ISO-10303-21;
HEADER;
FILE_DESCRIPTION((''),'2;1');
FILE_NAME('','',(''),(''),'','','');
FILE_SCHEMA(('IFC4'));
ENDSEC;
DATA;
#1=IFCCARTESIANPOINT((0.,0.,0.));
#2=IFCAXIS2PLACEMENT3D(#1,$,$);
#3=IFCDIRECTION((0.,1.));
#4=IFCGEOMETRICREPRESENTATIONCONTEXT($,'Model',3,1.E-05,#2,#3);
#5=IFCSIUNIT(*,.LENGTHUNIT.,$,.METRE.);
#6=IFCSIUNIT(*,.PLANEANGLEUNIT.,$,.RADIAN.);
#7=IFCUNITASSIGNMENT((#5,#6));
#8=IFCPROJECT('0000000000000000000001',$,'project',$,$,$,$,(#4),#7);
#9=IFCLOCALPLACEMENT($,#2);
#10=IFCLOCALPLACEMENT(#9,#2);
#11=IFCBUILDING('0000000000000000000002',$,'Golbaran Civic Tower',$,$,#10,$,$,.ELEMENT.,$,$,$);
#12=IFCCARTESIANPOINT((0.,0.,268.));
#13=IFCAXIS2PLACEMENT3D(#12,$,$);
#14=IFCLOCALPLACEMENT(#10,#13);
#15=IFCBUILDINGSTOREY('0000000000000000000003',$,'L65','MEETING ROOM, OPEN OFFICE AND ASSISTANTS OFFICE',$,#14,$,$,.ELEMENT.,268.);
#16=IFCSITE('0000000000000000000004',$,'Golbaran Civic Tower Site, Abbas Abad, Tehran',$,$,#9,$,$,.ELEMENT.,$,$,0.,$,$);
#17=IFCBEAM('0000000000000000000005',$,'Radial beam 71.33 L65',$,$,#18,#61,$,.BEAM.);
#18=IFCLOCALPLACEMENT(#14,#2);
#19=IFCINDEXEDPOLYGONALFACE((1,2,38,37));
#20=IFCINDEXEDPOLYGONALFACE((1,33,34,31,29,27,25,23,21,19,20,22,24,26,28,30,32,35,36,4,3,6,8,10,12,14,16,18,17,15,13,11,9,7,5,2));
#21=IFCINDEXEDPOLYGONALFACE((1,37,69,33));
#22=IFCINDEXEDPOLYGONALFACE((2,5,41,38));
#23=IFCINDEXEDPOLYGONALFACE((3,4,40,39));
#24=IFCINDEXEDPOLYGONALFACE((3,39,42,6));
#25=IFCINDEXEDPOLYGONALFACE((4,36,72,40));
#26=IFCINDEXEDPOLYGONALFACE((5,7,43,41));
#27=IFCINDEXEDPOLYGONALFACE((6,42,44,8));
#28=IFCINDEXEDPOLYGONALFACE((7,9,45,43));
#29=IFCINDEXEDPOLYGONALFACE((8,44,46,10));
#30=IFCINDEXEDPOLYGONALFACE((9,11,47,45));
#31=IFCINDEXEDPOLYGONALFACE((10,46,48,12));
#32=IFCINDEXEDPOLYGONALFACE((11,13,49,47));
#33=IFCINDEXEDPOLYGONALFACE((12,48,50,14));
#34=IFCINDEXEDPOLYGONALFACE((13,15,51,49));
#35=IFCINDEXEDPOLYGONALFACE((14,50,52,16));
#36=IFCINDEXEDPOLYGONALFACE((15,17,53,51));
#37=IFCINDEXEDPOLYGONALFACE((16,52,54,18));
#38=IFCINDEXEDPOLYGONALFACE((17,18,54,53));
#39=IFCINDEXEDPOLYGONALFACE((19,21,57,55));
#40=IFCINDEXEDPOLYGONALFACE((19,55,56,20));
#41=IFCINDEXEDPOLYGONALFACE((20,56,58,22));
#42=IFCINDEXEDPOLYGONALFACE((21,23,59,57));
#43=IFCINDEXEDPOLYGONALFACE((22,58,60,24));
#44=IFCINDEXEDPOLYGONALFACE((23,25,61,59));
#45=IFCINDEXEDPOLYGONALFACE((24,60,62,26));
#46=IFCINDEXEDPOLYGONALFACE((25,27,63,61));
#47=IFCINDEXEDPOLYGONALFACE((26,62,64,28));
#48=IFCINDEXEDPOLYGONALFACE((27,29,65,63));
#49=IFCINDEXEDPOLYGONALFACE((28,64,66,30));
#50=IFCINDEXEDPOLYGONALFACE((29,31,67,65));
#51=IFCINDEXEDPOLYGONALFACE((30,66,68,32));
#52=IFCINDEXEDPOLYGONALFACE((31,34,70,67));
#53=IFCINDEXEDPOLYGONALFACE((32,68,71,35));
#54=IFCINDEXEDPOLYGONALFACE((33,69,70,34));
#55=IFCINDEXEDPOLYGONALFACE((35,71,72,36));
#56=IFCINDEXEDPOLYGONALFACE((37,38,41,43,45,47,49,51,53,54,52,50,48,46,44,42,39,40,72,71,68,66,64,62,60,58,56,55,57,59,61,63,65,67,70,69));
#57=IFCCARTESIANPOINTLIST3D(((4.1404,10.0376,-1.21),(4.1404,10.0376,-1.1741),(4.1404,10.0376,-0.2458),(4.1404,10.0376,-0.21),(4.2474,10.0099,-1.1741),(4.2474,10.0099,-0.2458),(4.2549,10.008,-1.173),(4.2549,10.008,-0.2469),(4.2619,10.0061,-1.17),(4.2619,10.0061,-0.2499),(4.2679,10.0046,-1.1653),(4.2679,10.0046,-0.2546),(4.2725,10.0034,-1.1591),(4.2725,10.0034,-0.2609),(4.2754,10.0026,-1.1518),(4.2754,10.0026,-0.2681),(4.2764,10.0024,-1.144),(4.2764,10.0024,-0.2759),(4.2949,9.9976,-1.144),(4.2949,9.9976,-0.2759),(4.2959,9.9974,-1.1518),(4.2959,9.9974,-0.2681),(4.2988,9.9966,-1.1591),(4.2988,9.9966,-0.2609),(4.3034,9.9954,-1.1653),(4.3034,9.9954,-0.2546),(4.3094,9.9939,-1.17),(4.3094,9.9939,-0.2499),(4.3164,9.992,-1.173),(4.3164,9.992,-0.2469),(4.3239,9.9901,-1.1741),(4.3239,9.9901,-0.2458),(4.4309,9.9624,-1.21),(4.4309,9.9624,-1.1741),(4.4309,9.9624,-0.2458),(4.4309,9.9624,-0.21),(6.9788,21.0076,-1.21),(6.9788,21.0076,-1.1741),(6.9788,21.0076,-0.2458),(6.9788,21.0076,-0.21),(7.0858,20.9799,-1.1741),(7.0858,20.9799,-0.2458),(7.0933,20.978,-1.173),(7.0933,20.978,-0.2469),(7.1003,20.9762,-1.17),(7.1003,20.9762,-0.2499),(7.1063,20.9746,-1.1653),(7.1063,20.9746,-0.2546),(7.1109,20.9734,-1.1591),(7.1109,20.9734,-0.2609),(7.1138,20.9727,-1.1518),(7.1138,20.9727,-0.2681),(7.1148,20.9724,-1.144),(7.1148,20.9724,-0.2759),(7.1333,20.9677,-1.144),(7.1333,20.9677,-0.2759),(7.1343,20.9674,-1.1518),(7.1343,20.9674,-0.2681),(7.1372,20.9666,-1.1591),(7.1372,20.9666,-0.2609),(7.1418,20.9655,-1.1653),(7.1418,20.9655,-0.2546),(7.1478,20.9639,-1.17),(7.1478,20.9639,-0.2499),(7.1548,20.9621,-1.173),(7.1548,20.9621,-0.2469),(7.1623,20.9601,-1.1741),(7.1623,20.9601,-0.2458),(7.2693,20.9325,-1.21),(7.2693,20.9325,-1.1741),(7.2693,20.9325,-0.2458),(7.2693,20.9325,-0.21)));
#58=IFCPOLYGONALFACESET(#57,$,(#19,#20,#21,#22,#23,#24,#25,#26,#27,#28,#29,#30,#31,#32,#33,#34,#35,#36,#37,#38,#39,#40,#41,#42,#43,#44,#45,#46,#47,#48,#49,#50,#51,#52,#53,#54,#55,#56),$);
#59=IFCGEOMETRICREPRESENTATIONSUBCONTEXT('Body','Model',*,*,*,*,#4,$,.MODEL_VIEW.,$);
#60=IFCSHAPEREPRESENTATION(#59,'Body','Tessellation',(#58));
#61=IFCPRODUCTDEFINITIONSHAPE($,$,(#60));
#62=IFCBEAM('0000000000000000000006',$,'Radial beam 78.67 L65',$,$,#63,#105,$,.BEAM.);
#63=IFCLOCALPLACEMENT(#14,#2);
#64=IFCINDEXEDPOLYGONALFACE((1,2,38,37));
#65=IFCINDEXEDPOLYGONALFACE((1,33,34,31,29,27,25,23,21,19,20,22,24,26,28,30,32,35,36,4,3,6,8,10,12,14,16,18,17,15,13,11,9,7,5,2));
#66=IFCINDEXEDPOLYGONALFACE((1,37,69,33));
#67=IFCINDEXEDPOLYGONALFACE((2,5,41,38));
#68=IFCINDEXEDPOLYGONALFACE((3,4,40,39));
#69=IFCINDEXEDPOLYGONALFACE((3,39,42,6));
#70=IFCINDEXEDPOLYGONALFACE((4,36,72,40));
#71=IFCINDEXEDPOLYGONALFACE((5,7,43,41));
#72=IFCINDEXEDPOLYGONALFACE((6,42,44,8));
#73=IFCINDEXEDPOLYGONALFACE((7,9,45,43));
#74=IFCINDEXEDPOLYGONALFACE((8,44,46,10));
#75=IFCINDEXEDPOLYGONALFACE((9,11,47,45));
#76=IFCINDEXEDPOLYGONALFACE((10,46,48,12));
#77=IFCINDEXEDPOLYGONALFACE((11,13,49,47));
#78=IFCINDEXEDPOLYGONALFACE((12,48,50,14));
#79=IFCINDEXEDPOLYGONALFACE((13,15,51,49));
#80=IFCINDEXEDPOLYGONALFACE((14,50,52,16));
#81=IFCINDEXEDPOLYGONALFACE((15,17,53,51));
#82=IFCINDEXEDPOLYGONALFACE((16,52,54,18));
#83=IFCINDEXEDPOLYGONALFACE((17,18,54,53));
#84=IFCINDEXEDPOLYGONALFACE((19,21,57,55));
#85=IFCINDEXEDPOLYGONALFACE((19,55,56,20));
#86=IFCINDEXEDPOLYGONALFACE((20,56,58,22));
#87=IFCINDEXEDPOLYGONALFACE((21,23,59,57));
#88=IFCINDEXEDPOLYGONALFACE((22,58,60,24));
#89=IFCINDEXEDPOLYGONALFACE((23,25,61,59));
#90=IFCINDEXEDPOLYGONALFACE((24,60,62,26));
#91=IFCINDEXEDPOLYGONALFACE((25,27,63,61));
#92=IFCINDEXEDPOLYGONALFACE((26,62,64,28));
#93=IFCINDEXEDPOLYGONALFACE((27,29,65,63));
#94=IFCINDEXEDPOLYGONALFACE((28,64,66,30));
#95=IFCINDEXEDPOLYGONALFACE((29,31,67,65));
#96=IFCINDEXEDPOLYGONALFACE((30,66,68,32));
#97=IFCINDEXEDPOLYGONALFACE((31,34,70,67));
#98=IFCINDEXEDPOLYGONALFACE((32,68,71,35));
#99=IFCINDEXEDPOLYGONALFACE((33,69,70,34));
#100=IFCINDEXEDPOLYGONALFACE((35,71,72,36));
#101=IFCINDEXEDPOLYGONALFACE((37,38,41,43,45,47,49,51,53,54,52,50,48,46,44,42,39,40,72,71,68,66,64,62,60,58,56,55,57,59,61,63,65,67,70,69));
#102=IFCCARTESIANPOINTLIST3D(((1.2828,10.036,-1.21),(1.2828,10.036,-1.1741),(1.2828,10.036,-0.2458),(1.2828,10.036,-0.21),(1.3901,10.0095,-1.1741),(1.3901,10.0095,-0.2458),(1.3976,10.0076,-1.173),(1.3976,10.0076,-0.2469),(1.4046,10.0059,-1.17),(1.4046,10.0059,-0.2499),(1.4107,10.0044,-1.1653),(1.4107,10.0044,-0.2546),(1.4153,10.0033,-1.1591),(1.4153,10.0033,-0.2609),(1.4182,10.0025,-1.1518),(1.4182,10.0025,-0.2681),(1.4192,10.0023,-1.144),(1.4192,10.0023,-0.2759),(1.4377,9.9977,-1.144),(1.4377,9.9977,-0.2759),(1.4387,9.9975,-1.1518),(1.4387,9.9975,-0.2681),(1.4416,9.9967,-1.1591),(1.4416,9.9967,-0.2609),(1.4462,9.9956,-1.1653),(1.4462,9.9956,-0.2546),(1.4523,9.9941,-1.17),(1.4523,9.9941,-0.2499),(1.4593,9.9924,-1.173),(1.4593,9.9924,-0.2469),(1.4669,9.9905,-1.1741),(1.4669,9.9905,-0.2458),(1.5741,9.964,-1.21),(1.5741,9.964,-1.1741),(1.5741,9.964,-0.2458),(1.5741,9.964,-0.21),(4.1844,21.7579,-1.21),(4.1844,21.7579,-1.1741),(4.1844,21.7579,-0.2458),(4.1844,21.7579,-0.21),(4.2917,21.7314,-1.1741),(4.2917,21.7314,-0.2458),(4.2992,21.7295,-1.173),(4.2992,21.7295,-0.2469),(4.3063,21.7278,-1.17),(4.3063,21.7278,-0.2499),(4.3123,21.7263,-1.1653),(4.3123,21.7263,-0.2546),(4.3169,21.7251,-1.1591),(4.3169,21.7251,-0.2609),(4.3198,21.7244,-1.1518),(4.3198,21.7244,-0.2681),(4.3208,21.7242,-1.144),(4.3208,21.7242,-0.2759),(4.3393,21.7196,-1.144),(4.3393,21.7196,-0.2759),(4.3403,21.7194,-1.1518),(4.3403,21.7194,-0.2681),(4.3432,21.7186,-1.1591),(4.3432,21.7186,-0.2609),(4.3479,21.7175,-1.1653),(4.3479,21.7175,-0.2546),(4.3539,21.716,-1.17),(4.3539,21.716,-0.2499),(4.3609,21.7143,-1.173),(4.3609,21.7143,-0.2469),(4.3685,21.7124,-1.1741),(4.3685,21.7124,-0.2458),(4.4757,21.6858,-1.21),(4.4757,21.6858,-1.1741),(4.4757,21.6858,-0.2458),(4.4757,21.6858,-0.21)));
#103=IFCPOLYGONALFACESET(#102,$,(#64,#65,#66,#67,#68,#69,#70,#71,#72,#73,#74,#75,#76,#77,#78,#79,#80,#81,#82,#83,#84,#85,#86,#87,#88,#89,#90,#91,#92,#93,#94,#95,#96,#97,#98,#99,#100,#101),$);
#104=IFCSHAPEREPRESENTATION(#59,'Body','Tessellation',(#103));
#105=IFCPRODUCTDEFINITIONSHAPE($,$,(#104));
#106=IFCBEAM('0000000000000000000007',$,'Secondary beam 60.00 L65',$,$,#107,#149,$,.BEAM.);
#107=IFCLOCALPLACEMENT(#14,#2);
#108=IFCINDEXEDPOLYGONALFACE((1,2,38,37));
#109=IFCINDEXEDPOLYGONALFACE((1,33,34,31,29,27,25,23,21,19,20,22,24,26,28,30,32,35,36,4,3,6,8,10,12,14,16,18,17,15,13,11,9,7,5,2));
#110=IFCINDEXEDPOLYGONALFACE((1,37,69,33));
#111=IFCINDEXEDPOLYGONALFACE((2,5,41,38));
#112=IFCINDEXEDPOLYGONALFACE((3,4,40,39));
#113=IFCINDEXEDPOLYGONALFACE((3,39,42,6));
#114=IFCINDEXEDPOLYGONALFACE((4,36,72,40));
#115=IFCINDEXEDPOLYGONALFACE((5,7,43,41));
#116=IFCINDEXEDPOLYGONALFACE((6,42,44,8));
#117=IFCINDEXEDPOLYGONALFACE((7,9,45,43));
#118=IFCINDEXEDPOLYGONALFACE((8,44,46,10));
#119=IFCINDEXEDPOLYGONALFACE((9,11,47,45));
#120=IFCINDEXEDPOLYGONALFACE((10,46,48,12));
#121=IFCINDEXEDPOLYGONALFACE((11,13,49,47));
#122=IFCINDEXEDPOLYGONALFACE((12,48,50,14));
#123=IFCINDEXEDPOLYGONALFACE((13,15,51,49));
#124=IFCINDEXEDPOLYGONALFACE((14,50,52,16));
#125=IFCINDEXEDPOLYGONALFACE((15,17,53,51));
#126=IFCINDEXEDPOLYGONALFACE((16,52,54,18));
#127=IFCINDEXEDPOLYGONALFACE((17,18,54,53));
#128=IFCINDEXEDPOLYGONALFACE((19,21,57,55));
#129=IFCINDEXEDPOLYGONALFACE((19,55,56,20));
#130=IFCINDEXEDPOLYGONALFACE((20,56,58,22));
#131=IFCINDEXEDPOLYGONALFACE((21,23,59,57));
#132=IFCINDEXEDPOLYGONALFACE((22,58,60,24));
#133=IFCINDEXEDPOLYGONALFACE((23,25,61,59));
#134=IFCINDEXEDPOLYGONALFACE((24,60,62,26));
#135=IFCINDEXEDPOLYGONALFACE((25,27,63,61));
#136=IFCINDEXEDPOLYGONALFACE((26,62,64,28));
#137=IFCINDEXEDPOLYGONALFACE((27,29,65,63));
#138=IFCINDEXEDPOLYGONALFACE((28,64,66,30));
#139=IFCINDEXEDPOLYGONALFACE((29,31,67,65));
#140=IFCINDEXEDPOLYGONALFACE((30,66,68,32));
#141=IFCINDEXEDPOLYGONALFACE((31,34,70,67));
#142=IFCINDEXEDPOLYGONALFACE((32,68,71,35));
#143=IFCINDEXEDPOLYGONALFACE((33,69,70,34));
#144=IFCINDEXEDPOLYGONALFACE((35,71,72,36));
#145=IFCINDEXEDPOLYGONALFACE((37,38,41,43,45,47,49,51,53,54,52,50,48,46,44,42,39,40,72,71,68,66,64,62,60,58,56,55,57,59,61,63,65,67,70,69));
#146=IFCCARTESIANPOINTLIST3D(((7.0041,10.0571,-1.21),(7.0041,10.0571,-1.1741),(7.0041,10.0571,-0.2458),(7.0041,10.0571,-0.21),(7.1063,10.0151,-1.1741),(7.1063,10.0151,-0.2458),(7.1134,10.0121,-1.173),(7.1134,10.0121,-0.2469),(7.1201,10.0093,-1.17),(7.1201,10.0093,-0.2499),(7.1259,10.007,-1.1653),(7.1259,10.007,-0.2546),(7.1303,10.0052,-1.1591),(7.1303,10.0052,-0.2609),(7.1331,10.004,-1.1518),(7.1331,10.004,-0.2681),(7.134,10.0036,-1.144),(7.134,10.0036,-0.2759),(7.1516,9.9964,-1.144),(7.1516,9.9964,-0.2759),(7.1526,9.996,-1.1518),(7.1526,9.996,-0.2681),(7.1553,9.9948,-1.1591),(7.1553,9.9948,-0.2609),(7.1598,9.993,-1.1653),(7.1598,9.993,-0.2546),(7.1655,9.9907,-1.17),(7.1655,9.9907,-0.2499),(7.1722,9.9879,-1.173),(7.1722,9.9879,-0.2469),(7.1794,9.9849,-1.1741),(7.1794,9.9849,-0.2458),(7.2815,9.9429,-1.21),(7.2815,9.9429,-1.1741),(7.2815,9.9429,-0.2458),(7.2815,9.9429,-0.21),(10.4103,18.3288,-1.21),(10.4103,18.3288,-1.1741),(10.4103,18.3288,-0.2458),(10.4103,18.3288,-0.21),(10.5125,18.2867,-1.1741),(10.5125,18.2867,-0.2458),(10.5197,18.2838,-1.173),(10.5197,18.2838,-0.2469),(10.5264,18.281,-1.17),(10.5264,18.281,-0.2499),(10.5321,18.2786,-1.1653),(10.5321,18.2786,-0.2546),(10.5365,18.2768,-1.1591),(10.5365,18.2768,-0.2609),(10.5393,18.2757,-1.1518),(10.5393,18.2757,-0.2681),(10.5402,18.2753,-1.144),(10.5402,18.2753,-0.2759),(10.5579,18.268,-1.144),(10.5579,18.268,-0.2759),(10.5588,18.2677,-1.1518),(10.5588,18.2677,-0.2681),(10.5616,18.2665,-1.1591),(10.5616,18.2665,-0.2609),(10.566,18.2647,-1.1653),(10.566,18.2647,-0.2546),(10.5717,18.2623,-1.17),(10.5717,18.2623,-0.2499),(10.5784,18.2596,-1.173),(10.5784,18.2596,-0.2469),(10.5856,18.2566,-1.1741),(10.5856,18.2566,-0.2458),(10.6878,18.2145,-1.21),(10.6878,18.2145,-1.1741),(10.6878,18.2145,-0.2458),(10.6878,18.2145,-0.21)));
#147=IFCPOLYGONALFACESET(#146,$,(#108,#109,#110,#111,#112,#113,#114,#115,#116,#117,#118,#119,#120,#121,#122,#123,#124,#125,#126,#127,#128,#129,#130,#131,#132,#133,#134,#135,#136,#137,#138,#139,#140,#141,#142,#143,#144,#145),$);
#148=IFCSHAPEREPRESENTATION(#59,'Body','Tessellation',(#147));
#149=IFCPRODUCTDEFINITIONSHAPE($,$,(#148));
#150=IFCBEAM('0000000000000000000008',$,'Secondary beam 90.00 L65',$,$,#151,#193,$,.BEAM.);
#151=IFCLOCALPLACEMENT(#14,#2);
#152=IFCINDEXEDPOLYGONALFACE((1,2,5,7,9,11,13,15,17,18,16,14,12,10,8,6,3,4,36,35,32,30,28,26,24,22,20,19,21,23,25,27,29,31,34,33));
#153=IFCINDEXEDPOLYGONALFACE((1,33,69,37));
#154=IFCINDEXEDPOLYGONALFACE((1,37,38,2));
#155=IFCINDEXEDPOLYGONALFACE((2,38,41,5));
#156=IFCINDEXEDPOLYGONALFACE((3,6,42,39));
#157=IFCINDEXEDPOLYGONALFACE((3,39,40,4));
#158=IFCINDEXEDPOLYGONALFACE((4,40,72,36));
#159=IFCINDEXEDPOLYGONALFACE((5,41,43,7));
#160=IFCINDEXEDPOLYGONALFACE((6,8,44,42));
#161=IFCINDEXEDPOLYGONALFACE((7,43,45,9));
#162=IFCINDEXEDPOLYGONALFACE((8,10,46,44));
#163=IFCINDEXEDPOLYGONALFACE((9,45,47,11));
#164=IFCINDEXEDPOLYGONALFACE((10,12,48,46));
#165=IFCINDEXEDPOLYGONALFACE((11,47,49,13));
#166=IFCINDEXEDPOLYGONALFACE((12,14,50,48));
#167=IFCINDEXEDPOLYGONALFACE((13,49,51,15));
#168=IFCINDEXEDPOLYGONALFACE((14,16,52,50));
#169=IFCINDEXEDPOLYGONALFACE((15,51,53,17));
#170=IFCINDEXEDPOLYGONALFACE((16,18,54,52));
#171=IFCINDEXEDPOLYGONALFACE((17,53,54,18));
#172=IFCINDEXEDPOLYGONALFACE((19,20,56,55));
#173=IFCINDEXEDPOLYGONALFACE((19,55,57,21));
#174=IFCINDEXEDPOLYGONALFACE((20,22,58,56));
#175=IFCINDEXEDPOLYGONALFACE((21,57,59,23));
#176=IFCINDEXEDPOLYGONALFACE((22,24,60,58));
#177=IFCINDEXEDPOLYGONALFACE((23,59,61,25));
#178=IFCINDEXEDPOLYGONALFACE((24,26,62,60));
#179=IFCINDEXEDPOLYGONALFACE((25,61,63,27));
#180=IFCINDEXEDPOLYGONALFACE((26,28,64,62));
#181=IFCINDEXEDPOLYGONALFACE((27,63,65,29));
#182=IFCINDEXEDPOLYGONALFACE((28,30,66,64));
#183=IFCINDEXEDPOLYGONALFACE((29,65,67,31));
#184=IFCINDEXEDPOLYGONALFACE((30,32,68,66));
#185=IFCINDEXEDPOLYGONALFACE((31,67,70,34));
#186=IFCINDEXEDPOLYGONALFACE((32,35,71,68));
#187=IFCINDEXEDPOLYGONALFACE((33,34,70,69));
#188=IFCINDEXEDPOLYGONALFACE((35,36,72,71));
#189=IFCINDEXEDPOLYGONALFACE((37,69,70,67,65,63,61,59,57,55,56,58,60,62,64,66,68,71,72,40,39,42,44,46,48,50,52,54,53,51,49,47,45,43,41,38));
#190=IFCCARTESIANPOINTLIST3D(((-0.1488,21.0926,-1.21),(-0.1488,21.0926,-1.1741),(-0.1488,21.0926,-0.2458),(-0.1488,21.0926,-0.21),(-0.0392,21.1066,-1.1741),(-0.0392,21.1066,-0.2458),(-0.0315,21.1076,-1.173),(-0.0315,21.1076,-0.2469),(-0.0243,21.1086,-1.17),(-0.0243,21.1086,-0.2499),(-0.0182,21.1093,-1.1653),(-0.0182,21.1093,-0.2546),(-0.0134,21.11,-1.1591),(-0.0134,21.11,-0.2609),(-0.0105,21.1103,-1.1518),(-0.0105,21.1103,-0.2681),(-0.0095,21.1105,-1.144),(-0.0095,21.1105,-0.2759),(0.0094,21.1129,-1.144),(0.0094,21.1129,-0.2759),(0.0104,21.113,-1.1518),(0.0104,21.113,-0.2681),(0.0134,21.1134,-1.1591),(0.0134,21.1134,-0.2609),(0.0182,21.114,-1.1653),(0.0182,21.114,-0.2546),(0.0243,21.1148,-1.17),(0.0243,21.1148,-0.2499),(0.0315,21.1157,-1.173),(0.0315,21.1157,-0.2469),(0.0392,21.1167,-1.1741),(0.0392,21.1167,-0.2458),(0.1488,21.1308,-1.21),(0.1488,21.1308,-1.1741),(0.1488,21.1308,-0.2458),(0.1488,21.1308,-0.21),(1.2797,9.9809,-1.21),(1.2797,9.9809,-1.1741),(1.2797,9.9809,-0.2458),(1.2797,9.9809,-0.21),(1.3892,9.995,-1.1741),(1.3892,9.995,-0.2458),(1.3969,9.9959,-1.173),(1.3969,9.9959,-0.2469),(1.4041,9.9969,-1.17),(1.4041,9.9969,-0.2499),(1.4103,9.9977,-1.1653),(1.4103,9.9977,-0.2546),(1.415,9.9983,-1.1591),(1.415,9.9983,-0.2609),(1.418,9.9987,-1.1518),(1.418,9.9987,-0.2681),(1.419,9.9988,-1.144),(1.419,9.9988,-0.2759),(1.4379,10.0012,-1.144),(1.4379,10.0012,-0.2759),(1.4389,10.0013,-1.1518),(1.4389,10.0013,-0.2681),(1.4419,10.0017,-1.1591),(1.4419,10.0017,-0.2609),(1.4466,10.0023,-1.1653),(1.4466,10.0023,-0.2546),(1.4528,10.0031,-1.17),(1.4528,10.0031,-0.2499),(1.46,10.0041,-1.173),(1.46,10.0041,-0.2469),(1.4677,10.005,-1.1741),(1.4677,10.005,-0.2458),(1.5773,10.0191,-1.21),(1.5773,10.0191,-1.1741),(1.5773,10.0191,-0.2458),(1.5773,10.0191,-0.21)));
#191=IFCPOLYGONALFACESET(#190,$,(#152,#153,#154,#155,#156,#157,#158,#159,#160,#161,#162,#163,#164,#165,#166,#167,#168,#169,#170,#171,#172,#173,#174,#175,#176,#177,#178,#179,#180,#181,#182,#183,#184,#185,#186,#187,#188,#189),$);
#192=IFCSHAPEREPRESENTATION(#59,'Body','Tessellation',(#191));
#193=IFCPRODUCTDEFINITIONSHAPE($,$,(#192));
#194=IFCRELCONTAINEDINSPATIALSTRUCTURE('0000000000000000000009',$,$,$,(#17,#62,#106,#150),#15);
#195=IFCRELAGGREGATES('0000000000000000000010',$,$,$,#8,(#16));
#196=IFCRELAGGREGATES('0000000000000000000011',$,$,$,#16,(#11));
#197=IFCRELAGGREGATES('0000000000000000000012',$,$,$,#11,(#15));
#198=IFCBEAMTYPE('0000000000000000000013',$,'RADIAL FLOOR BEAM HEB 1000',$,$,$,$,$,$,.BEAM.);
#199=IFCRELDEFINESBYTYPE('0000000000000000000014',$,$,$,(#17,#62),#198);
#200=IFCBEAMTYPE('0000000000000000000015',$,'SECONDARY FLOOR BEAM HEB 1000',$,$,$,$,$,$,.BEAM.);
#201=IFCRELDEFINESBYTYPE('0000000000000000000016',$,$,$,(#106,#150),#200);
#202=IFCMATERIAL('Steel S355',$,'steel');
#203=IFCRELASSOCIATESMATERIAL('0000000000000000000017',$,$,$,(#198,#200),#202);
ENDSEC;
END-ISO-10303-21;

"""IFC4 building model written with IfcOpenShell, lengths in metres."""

from ifc_helpers import new_model, si_unit, direction, frame, origin, origin_2d, place, context, subcontext, project, spatial, i_section, extrude, material, material_profile, profile_set, type_object, element, save


model = new_model("IFC4")

# Units and contexts
model_context = context("Model", 3, precision=1e-05, world=origin(), true_north=direction((0.0, 1.0)))
body_context = subcontext(model_context, "Body", "Model", "MODEL_VIEW")
ifc_project = project(units=[si_unit("LENGTHUNIT", "METRE"), si_unit("PLANEANGLEUNIT", "RADIAN")], contexts=[model_context])

# Site, building, storey
site_placement = place(None, origin())
site = spatial("IfcSite", under=ifc_project, at=site_placement, Name="Golbaran Civic Tower Site, Abbas Abad, Tehran", CompositionType="ELEMENT", RefElevation=0.0)
building_placement = place(site_placement, origin())
building = spatial("IfcBuilding", under=site, at=building_placement, Name="Golbaran Civic Tower", CompositionType="ELEMENT")
storey_placement = place(building_placement, frame((0.0, 0.0, 268.0)))
storey = spatial("IfcBuildingStorey", under=building, at=storey_placement, Name="L65", Description="MEETING ROOM, OPEN OFFICE AND ASSISTANTS OFFICE", CompositionType="ELEMENT", Elevation=268.0)

# Beams
ifc_material_1 = material(Name="Steel S355", Category="steel")
ifc_material_profile_1 = material_profile(ifc_material_1, i_section(OverallWidth=0.3, OverallDepth=1.0, WebThickness=0.019, FlangeThickness=0.0359, FilletRadius=0.03, at=origin_2d()), Name="HEB 1000")
ifc_profile_set_1 = profile_set([ifc_material_profile_1], Name="Steel S355")
beam_type_1 = type_object("IfcBeamType", Name="RADIAL FLOOR BEAM HEB 1000", PredefinedType="BEAM", material=ifc_profile_set_1)
beam_1_placement = place(storey_placement, frame((4.2856, 10.0, -0.71), z_axis=(0.250492, 0.968119, 0.0), x_axis=(-0.968119, 0.250492, 0.0)))
element("IfcBeam", 1, at=beam_1_placement, inside=storey, type_object=beam_type_1, Name="Radial beam 71.33 L65", PredefinedType="BEAM", context=body_context, shape_type="SweptSolid", body=[
    extrude(i_section(OverallWidth=0.3, OverallDepth=1.0, WebThickness=0.019, FlangeThickness=0.0359, FilletRadius=0.03, at=origin_2d()), origin(), (0.0, 0.0, 1.0), 11.3313),
])
beam_2_placement = place(storey_placement, frame((1.4285, 10.0, -0.71), z_axis=(0.240285, 0.970702, 0.0), x_axis=(-0.970702, 0.240285, 0.0)))
element("IfcBeam", 2, at=beam_2_placement, inside=storey, type_object=beam_type_1, Name="Radial beam 78.67 L65", PredefinedType="BEAM", context=body_context, shape_type="SweptSolid", body=[
    extrude(i_section(OverallWidth=0.3, OverallDepth=1.0, WebThickness=0.019, FlangeThickness=0.0359, FilletRadius=0.03, at=origin_2d()), origin(), (0.0, 0.0, 1.0), 12.0757),
])
ifc_material_profile_2 = material_profile(ifc_material_1, i_section(OverallWidth=0.3, OverallDepth=1.0, WebThickness=0.019, FlangeThickness=0.0359, FilletRadius=0.03, at=origin_2d()), Name="HEB 1000")
ifc_profile_set_2 = profile_set([ifc_material_profile_2], Name="Steel S355")
beam_type_2 = type_object("IfcBeamType", Name="SECONDARY FLOOR BEAM HEB 1000", PredefinedType="BEAM", material=ifc_profile_set_2)
beam_3_placement = place(storey_placement, frame((7.1428, 10.0, -0.71), z_axis=(0.380773, 0.924668, 0.0), x_axis=(-0.924668, 0.380773, 0.0)))
element("IfcBeam", 3, at=beam_3_placement, inside=storey, type_object=beam_type_2, Name="Secondary beam 60.00 L65", PredefinedType="BEAM", context=body_context, shape_type="SweptSolid", body=[
    extrude(i_section(OverallWidth=0.3, OverallDepth=1.0, WebThickness=0.019, FlangeThickness=0.0359, FilletRadius=0.03, at=origin_2d()), origin(), (0.0, 0.0, 1.0), 8.9456),
])
beam_4_placement = place(storey_placement, frame((1.4285, 10.0, -0.71), z_axis=(-0.127507, 0.991838, 0.0), x_axis=(-0.991838, -0.127507, 0.0)))
element("IfcBeam", 4, at=beam_4_placement, inside=storey, type_object=beam_type_2, Name="Secondary beam 90.00 L65", PredefinedType="BEAM", context=body_context, shape_type="SweptSolid", body=[
    extrude(i_section(OverallWidth=0.3, OverallDepth=1.0, WebThickness=0.019, FlangeThickness=0.0359, FilletRadius=0.03, at=origin_2d()), origin(), (0.0, 0.0, 1.0), 11.2031),
])

save(model, "model.ifc")
